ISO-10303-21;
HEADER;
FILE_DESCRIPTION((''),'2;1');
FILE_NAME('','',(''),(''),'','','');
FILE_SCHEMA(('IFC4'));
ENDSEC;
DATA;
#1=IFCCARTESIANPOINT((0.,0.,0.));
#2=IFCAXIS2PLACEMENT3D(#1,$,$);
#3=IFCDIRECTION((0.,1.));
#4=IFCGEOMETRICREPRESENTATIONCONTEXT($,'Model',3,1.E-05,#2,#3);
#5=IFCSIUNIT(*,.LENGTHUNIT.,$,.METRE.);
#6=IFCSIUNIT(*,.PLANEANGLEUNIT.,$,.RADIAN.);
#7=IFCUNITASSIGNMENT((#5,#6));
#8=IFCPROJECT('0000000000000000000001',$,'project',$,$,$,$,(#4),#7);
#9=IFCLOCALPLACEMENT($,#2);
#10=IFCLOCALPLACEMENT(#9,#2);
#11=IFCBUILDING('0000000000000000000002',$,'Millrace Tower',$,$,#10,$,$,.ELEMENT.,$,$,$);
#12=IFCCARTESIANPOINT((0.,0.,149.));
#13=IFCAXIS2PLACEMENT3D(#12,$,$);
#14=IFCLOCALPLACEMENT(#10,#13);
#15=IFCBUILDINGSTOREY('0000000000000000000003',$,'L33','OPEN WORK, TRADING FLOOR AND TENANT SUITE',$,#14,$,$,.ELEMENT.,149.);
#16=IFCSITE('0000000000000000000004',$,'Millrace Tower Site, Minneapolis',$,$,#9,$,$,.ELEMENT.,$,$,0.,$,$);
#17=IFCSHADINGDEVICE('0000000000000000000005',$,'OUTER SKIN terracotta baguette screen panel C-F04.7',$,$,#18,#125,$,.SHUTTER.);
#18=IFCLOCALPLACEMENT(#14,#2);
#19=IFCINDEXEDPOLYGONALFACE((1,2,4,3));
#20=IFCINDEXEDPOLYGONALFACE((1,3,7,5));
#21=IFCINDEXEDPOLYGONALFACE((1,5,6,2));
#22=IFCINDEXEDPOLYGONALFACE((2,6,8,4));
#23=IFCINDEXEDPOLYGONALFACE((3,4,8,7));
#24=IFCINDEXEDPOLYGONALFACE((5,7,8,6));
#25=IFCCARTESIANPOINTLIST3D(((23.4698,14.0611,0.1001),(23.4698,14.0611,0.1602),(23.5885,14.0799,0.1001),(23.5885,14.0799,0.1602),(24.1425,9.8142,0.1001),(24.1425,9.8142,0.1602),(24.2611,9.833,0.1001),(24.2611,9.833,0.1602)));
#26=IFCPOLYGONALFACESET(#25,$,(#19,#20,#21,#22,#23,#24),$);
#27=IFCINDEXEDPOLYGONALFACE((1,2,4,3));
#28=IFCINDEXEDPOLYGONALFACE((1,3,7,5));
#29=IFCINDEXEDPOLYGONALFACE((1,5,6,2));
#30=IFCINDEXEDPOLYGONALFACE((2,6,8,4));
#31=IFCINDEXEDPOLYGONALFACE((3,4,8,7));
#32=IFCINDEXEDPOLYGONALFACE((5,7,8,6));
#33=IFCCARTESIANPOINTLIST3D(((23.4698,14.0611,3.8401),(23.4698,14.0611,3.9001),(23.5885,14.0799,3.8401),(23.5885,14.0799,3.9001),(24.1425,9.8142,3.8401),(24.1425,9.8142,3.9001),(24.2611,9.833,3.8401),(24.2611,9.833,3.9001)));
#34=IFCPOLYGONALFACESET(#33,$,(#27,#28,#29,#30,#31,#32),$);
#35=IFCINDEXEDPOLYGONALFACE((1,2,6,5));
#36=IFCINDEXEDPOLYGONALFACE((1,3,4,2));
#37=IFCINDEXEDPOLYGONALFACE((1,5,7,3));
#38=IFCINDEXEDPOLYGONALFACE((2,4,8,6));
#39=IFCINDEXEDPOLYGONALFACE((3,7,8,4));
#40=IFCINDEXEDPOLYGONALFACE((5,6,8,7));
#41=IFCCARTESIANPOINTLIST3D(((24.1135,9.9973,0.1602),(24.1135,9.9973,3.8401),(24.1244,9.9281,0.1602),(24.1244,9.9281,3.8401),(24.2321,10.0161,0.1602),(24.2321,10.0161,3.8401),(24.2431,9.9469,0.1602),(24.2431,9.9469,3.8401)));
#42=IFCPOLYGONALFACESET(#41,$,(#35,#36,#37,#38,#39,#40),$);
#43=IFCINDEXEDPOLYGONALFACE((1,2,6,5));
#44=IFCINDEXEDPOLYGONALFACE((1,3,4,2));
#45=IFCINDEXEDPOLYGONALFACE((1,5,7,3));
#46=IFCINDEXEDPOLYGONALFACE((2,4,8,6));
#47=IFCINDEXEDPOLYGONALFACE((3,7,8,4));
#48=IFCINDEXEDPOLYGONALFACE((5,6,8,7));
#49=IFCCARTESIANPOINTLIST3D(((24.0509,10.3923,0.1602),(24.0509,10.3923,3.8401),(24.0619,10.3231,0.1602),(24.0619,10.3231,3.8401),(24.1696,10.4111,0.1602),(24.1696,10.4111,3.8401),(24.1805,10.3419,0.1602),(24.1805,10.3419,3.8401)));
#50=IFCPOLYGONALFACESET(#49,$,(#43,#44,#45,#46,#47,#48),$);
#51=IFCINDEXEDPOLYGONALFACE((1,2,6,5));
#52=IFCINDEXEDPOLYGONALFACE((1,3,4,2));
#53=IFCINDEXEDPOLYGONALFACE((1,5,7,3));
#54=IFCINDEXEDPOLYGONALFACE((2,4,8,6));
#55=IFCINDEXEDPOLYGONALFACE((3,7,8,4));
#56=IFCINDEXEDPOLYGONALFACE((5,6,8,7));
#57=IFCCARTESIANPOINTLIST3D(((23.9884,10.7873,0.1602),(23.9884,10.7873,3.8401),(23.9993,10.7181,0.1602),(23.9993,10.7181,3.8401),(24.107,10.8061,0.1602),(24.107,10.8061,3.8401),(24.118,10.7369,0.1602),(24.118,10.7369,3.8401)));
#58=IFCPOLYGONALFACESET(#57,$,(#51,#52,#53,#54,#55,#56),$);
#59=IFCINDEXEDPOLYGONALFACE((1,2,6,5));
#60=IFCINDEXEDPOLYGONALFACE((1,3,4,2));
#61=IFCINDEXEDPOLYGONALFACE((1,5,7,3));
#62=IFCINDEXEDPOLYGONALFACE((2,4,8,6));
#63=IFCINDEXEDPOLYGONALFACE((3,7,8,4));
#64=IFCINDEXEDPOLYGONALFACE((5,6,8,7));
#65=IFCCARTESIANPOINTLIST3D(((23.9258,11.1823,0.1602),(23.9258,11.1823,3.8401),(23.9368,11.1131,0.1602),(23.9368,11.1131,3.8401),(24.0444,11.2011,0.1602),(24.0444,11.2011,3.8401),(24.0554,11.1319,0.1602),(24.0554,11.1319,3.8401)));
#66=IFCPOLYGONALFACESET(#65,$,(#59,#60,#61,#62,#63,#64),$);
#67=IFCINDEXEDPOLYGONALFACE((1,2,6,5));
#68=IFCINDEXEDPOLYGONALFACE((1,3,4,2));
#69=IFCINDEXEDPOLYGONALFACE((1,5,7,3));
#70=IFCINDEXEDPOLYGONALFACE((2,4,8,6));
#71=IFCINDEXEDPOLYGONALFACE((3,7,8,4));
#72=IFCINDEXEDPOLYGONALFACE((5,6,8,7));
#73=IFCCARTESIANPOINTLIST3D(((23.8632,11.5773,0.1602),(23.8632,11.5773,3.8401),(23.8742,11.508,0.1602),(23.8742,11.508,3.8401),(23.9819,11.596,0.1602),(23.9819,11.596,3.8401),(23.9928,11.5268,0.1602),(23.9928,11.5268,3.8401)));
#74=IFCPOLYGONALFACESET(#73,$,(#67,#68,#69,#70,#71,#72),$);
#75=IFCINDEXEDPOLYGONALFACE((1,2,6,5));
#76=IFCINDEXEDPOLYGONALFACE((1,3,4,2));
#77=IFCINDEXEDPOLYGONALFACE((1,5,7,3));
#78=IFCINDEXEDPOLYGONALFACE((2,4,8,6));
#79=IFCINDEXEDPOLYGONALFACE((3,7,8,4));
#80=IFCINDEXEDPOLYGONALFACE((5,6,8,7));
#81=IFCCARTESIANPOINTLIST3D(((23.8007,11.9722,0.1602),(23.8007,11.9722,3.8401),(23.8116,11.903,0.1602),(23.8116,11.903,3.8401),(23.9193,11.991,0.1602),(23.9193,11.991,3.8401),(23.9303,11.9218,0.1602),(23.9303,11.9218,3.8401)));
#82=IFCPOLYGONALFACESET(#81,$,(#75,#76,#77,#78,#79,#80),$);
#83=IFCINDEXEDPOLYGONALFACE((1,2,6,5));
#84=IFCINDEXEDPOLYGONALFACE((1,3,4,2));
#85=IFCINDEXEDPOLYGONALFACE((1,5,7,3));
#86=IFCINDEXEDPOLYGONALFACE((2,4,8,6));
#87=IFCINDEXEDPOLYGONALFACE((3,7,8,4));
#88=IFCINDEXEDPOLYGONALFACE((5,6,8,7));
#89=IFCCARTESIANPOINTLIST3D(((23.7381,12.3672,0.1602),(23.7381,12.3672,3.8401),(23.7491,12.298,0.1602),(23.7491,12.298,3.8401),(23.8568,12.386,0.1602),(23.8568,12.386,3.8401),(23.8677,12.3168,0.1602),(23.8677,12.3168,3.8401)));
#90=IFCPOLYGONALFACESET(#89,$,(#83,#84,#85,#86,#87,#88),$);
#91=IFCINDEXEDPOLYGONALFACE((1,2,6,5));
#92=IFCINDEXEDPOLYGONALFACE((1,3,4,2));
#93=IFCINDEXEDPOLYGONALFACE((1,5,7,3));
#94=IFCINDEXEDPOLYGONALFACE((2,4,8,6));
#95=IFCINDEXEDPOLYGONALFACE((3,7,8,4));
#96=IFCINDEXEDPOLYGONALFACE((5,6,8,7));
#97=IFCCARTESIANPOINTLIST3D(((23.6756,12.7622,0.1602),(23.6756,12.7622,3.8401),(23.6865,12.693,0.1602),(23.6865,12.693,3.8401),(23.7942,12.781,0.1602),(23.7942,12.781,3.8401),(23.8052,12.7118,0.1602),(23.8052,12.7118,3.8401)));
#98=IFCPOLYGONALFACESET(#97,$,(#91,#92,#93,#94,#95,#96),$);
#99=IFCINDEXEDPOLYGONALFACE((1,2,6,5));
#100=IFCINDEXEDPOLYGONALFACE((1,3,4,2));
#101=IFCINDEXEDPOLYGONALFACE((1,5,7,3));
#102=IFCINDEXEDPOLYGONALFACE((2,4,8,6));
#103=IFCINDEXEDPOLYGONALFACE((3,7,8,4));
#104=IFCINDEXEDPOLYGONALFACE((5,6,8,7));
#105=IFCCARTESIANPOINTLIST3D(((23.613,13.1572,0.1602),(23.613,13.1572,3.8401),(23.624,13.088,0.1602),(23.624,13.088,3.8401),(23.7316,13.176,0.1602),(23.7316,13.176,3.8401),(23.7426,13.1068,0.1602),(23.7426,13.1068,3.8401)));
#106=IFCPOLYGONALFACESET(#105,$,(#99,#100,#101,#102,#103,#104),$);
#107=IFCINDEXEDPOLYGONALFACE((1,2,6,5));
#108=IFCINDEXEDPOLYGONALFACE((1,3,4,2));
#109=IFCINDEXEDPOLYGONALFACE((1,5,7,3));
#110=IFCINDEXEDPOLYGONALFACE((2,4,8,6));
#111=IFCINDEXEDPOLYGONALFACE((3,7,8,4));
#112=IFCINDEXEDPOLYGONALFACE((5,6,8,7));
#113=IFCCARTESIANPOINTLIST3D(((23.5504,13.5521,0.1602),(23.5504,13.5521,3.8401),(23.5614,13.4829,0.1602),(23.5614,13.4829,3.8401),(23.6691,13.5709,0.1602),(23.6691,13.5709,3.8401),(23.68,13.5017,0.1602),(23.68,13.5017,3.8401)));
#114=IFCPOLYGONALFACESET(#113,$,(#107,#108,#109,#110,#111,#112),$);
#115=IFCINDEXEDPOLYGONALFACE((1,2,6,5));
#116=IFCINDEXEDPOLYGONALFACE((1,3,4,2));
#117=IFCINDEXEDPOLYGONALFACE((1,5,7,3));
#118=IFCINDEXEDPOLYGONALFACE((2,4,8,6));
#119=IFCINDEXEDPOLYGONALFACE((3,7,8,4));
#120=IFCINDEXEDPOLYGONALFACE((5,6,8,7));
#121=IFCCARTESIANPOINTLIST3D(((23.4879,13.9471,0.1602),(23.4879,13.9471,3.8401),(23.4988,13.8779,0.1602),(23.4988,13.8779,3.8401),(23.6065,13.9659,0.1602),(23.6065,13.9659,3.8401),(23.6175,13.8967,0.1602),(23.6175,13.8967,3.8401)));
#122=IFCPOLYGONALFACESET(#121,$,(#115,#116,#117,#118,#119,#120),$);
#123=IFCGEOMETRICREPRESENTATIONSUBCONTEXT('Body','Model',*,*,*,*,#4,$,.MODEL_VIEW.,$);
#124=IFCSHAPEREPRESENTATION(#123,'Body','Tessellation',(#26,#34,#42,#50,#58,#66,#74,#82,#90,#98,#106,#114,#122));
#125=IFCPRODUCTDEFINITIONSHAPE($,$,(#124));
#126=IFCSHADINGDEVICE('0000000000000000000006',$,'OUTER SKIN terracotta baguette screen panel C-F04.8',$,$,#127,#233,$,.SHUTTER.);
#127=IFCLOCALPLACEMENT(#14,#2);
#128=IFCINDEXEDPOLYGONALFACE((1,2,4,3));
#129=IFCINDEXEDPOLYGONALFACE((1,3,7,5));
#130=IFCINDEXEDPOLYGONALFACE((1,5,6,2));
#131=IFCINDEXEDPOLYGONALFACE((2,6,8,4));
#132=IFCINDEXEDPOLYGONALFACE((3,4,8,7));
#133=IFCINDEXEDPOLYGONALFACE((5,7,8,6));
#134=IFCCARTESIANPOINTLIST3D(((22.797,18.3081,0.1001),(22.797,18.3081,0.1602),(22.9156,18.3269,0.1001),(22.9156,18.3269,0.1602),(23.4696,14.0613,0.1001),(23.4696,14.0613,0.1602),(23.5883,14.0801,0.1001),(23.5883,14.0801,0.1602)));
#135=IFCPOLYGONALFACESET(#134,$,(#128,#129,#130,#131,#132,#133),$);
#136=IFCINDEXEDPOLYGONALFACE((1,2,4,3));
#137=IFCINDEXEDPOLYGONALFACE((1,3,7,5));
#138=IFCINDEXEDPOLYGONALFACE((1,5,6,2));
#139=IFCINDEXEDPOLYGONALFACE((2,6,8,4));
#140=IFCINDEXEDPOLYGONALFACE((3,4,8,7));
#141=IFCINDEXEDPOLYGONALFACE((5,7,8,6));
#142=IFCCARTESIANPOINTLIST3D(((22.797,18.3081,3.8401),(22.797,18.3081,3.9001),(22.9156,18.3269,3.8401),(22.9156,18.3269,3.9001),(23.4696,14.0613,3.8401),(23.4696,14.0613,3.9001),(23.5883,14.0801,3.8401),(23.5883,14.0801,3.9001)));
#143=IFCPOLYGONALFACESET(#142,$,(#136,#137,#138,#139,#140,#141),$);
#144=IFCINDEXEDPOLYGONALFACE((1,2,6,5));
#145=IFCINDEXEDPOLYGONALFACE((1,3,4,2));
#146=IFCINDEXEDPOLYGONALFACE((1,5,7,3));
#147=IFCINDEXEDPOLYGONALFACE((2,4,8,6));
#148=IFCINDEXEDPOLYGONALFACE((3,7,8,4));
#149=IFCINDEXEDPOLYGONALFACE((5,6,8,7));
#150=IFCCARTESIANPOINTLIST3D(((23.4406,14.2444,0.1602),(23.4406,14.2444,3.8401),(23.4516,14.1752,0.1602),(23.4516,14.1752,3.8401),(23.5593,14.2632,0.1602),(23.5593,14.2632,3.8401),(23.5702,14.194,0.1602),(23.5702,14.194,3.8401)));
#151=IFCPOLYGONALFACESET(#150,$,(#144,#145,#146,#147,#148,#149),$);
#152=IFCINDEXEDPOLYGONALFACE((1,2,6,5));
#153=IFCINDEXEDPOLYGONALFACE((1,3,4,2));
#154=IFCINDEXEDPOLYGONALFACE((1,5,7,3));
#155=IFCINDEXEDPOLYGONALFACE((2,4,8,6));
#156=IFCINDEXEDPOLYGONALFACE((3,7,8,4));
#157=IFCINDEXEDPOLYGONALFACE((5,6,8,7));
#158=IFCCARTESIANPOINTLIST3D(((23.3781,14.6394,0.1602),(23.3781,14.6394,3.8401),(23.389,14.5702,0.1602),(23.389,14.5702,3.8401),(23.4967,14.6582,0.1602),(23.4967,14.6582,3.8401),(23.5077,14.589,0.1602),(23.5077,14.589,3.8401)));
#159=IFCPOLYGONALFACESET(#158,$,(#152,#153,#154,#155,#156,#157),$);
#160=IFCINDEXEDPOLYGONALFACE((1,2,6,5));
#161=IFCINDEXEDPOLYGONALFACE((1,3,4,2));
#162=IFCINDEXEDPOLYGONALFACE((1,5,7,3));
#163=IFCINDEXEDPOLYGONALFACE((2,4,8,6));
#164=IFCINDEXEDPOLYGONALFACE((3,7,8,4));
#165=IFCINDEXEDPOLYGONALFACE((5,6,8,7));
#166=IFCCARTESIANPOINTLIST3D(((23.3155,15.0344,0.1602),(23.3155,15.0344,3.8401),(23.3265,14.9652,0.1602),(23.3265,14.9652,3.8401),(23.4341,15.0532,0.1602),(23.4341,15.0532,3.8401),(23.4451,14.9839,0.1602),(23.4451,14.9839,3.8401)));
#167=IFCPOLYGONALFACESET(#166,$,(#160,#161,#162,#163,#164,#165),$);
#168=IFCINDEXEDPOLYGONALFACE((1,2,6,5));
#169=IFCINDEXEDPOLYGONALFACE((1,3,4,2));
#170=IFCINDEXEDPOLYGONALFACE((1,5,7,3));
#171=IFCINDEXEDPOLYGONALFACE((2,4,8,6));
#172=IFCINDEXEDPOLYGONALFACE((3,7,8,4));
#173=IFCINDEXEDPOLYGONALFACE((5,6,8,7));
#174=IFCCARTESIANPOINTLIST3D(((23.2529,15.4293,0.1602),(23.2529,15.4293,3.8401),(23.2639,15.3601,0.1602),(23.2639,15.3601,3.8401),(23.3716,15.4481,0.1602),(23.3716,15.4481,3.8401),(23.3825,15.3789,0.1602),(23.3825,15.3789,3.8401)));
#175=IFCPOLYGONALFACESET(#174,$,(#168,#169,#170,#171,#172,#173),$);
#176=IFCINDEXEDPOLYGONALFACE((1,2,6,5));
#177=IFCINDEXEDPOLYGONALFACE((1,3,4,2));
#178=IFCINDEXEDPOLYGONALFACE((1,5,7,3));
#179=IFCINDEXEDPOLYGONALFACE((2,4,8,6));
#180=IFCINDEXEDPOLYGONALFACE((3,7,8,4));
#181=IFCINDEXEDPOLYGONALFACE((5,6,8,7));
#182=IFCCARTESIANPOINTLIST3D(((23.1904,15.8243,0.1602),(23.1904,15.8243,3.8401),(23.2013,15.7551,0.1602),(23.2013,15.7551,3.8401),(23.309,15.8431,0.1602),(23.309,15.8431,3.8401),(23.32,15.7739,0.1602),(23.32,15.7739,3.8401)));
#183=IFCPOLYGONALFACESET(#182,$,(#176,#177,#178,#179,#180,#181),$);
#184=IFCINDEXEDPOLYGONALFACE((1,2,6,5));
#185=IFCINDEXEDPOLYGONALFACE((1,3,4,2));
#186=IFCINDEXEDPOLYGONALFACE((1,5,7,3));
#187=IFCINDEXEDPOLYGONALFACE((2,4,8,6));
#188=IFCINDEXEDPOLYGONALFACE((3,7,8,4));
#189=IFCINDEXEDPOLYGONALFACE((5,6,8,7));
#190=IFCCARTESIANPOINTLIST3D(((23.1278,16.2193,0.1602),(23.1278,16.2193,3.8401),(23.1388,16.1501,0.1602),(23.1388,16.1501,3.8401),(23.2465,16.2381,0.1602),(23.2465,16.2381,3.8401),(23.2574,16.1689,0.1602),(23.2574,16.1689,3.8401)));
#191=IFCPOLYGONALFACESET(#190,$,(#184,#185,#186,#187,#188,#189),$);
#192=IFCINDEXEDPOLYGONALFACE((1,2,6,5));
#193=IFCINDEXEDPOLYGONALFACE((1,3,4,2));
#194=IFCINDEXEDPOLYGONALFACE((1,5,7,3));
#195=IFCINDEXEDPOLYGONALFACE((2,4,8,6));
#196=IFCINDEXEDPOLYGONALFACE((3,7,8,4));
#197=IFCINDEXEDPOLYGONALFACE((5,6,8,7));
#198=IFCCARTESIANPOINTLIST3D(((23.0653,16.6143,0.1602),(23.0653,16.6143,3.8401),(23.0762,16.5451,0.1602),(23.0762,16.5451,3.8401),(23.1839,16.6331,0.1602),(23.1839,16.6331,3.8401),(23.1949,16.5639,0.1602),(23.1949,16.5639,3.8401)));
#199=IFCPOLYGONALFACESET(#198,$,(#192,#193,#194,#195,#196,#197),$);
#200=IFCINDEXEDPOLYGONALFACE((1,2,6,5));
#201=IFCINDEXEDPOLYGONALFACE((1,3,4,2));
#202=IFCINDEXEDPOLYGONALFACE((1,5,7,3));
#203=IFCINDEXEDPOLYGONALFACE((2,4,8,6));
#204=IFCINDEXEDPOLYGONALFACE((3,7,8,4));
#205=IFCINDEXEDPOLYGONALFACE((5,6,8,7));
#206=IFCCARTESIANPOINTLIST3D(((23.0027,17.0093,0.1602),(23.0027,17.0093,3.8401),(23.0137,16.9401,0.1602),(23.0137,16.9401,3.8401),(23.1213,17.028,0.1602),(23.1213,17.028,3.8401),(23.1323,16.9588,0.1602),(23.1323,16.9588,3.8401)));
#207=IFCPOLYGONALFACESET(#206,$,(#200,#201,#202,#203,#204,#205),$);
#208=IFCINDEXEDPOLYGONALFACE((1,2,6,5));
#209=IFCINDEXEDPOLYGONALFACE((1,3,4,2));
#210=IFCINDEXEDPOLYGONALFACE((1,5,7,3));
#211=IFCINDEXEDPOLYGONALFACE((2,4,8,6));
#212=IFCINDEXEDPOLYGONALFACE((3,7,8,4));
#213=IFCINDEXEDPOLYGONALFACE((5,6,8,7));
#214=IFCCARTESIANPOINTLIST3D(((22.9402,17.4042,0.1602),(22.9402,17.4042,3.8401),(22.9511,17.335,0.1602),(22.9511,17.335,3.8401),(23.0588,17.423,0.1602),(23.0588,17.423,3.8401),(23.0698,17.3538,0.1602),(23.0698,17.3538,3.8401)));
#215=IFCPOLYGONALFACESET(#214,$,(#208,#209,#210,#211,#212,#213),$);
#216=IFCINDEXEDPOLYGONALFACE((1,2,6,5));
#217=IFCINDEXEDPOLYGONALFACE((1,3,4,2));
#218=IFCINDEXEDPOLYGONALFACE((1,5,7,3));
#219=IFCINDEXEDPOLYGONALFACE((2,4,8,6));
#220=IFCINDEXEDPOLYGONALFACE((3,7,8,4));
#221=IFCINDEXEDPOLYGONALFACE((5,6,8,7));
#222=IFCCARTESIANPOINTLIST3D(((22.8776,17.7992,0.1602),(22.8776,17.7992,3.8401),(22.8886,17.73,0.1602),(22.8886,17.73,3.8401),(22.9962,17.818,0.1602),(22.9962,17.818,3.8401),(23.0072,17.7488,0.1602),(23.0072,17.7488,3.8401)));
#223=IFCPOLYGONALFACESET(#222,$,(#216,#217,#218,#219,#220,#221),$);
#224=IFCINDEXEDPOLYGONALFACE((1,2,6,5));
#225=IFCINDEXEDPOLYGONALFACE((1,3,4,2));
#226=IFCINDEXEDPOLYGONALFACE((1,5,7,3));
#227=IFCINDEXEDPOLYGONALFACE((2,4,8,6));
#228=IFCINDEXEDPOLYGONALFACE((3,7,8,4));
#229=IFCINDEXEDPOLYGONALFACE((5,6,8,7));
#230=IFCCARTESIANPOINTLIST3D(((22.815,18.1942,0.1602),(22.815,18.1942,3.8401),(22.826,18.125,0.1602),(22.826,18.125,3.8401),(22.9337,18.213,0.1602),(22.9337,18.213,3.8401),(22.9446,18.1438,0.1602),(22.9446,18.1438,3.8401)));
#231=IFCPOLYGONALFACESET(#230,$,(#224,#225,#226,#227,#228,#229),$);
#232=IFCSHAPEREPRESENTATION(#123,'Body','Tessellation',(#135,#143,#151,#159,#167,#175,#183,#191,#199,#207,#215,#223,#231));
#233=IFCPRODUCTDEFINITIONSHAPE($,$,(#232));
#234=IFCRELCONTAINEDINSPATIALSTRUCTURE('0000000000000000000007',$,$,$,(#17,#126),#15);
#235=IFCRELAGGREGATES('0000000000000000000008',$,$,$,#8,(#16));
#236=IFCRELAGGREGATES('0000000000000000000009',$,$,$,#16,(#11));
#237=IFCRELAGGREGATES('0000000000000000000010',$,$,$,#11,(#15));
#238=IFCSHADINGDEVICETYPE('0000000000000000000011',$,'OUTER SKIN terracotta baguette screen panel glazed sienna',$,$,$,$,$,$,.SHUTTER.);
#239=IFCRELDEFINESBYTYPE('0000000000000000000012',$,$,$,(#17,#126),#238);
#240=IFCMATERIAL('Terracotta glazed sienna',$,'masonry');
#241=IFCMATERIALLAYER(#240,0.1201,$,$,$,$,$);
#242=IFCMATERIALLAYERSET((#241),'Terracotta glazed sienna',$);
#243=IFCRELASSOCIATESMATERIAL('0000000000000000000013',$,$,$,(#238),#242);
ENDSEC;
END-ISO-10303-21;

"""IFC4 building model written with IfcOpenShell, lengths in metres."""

from ifc_helpers import new_model, entity, si_unit, direction, frame, frame_2d, origin, origin_2d, place, context, subcontext, project, spatial, rectangle, extrude, source, transform, mapped, material, layer, layer_set, type_object, element, save


model = new_model("IFC4")

# Units and contexts
model_context = context("Model", 3, precision=1e-05, world=origin(), true_north=direction((0.0, 1.0)))
body_context = subcontext(model_context, "Body", "Model", "MODEL_VIEW")
ifc_project = project(units=[si_unit("LENGTHUNIT", "METRE"), si_unit("PLANEANGLEUNIT", "RADIAN")], contexts=[model_context])

# Site, building, storey
site_placement = place(None, origin())
site = spatial("IfcSite", under=ifc_project, at=site_placement, Name="Millrace Tower Site, Minneapolis", CompositionType="ELEMENT", RefElevation=0.0)
building_placement = place(site_placement, origin())
building = spatial("IfcBuilding", under=site, at=building_placement, Name="Millrace Tower", CompositionType="ELEMENT")
storey_placement = place(building_placement, frame((0.0, 0.0, 149.0)))
storey = spatial("IfcBuildingStorey", under=building, at=storey_placement, Name="L33", Description="OPEN WORK, TRADING FLOOR AND TENANT SUITE", CompositionType="ELEMENT", Elevation=149.0)

# Shading devices
ifc_material_1 = material(Name="Terracotta glazed sienna", Category="masonry")
ifc_layer_1 = layer(ifc_material_1, 0.1201)
ifc_layer_set_1 = layer_set([ifc_layer_1], Name="Terracotta glazed sienna")
shading_device_type = type_object("IfcShadingDeviceType", Name="OUTER SKIN terracotta baguette screen panel glazed sienna", PredefinedType="SHUTTER", material=ifc_layer_set_1)
cartesian_point_1 = entity("IfcCartesianPoint", [-2.1499, 0.0601])
shared_polyline_1 = entity("IfcPolyline", [cartesian_point_1, entity("IfcCartesianPoint", [2.1499, 0.0601]), entity("IfcCartesianPoint", [2.1499, -0.0601]), entity("IfcCartesianPoint", [-2.1499, -0.0601]), cartesian_point_1])
shared_shape_1 = source(origin(), body_context, "Body", "SweptSolid", [
    entity("IfcExtrudedAreaSolid", entity("IfcArbitraryClosedProfileDef", "AREA", None, shared_polyline_1), entity("IfcAxis2Placement3D", entity("IfcCartesianPoint", [0.0, 0.0, 0.0])), entity("IfcDirection", [0.0, 0.0, 1.0]), 0.0601),
    entity("IfcExtrudedAreaSolid", entity("IfcArbitraryClosedProfileDef", "AREA", None, shared_polyline_1), entity("IfcAxis2Placement3D", entity("IfcCartesianPoint", [0.0, 0.0, 3.74])), entity("IfcDirection", [0.0, 0.0, 1.0]), 0.0601),
    extrude(rectangle(XDim=0.0701, YDim=0.1201, at=frame_2d((-1.9995, 0.0))), frame((0.0, 0.0, 0.0601)), (0.0, 0.0, 1.0), 3.6799),
    extrude(rectangle(XDim=0.0701, YDim=0.1201, at=frame_2d((-1.5996, 0.0))), frame((0.0, 0.0, 0.0601)), (0.0, 0.0, 1.0), 3.6799),
    extrude(rectangle(XDim=0.0701, YDim=0.1201, at=frame_2d((-1.1997, 0.0))), frame((0.0, 0.0, 0.0601)), (0.0, 0.0, 1.0), 3.6799),
    extrude(rectangle(XDim=0.0701, YDim=0.1201, at=frame_2d((-0.7998, 0.0))), frame((0.0, 0.0, 0.0601)), (0.0, 0.0, 1.0), 3.6799),
    extrude(rectangle(XDim=0.0701, YDim=0.1201, at=frame_2d((-0.3999, 0.0))), frame((0.0, 0.0, 0.0601)), (0.0, 0.0, 1.0), 3.6799),
    extrude(rectangle(XDim=0.0701, YDim=0.1201, at=origin_2d()), frame((0.0, 0.0, 0.0601)), (0.0, 0.0, 1.0), 3.6799),
    extrude(rectangle(XDim=0.0701, YDim=0.1201, at=frame_2d((0.3999, 0.0))), frame((0.0, 0.0, 0.0601)), (0.0, 0.0, 1.0), 3.6799),
    extrude(rectangle(XDim=0.0701, YDim=0.1201, at=frame_2d((0.7998, 0.0))), frame((0.0, 0.0, 0.0601)), (0.0, 0.0, 1.0), 3.6799),
    extrude(rectangle(XDim=0.0701, YDim=0.1201, at=frame_2d((1.1997, 0.0))), frame((0.0, 0.0, 0.0601)), (0.0, 0.0, 1.0), 3.6799),
    extrude(rectangle(XDim=0.0701, YDim=0.1201, at=frame_2d((1.5996, 0.0))), frame((0.0, 0.0, 0.0601)), (0.0, 0.0, 1.0), 3.6799),
    extrude(rectangle(XDim=0.0701, YDim=0.1201, at=frame_2d((1.9995, 0.0))), frame((0.0, 0.0, 0.0601)), (0.0, 0.0, 1.0), 3.6799),
])
for number, where, z_axis, x_axis, name in (
    (1, (23.8655, 11.947, 0.1001), (0.0, 0.0, 1.0), (-0.156434, 0.987688, 0.0), "OUTER SKIN terracotta baguette screen panel C-F04.7"),
    (2, (23.1926, 16.1941, 0.1001), (0.0, 0.0, 1.0), (-0.156434, 0.987688, 0.0), "OUTER SKIN terracotta baguette screen panel C-F04.8"),
):
    element("IfcShadingDevice", number, at=place(storey_placement, frame(where, z_axis=z_axis, x_axis=x_axis)), inside=storey, type_object=shading_device_type, Name=name, PredefinedType="SHUTTER", context=body_context, shape_type="MappedRepresentation", body=[
        mapped(shared_shape_1, transform((0.0, 0.0, 0.0), scale=1.0)),
    ])

save(model, "model.ifc")
